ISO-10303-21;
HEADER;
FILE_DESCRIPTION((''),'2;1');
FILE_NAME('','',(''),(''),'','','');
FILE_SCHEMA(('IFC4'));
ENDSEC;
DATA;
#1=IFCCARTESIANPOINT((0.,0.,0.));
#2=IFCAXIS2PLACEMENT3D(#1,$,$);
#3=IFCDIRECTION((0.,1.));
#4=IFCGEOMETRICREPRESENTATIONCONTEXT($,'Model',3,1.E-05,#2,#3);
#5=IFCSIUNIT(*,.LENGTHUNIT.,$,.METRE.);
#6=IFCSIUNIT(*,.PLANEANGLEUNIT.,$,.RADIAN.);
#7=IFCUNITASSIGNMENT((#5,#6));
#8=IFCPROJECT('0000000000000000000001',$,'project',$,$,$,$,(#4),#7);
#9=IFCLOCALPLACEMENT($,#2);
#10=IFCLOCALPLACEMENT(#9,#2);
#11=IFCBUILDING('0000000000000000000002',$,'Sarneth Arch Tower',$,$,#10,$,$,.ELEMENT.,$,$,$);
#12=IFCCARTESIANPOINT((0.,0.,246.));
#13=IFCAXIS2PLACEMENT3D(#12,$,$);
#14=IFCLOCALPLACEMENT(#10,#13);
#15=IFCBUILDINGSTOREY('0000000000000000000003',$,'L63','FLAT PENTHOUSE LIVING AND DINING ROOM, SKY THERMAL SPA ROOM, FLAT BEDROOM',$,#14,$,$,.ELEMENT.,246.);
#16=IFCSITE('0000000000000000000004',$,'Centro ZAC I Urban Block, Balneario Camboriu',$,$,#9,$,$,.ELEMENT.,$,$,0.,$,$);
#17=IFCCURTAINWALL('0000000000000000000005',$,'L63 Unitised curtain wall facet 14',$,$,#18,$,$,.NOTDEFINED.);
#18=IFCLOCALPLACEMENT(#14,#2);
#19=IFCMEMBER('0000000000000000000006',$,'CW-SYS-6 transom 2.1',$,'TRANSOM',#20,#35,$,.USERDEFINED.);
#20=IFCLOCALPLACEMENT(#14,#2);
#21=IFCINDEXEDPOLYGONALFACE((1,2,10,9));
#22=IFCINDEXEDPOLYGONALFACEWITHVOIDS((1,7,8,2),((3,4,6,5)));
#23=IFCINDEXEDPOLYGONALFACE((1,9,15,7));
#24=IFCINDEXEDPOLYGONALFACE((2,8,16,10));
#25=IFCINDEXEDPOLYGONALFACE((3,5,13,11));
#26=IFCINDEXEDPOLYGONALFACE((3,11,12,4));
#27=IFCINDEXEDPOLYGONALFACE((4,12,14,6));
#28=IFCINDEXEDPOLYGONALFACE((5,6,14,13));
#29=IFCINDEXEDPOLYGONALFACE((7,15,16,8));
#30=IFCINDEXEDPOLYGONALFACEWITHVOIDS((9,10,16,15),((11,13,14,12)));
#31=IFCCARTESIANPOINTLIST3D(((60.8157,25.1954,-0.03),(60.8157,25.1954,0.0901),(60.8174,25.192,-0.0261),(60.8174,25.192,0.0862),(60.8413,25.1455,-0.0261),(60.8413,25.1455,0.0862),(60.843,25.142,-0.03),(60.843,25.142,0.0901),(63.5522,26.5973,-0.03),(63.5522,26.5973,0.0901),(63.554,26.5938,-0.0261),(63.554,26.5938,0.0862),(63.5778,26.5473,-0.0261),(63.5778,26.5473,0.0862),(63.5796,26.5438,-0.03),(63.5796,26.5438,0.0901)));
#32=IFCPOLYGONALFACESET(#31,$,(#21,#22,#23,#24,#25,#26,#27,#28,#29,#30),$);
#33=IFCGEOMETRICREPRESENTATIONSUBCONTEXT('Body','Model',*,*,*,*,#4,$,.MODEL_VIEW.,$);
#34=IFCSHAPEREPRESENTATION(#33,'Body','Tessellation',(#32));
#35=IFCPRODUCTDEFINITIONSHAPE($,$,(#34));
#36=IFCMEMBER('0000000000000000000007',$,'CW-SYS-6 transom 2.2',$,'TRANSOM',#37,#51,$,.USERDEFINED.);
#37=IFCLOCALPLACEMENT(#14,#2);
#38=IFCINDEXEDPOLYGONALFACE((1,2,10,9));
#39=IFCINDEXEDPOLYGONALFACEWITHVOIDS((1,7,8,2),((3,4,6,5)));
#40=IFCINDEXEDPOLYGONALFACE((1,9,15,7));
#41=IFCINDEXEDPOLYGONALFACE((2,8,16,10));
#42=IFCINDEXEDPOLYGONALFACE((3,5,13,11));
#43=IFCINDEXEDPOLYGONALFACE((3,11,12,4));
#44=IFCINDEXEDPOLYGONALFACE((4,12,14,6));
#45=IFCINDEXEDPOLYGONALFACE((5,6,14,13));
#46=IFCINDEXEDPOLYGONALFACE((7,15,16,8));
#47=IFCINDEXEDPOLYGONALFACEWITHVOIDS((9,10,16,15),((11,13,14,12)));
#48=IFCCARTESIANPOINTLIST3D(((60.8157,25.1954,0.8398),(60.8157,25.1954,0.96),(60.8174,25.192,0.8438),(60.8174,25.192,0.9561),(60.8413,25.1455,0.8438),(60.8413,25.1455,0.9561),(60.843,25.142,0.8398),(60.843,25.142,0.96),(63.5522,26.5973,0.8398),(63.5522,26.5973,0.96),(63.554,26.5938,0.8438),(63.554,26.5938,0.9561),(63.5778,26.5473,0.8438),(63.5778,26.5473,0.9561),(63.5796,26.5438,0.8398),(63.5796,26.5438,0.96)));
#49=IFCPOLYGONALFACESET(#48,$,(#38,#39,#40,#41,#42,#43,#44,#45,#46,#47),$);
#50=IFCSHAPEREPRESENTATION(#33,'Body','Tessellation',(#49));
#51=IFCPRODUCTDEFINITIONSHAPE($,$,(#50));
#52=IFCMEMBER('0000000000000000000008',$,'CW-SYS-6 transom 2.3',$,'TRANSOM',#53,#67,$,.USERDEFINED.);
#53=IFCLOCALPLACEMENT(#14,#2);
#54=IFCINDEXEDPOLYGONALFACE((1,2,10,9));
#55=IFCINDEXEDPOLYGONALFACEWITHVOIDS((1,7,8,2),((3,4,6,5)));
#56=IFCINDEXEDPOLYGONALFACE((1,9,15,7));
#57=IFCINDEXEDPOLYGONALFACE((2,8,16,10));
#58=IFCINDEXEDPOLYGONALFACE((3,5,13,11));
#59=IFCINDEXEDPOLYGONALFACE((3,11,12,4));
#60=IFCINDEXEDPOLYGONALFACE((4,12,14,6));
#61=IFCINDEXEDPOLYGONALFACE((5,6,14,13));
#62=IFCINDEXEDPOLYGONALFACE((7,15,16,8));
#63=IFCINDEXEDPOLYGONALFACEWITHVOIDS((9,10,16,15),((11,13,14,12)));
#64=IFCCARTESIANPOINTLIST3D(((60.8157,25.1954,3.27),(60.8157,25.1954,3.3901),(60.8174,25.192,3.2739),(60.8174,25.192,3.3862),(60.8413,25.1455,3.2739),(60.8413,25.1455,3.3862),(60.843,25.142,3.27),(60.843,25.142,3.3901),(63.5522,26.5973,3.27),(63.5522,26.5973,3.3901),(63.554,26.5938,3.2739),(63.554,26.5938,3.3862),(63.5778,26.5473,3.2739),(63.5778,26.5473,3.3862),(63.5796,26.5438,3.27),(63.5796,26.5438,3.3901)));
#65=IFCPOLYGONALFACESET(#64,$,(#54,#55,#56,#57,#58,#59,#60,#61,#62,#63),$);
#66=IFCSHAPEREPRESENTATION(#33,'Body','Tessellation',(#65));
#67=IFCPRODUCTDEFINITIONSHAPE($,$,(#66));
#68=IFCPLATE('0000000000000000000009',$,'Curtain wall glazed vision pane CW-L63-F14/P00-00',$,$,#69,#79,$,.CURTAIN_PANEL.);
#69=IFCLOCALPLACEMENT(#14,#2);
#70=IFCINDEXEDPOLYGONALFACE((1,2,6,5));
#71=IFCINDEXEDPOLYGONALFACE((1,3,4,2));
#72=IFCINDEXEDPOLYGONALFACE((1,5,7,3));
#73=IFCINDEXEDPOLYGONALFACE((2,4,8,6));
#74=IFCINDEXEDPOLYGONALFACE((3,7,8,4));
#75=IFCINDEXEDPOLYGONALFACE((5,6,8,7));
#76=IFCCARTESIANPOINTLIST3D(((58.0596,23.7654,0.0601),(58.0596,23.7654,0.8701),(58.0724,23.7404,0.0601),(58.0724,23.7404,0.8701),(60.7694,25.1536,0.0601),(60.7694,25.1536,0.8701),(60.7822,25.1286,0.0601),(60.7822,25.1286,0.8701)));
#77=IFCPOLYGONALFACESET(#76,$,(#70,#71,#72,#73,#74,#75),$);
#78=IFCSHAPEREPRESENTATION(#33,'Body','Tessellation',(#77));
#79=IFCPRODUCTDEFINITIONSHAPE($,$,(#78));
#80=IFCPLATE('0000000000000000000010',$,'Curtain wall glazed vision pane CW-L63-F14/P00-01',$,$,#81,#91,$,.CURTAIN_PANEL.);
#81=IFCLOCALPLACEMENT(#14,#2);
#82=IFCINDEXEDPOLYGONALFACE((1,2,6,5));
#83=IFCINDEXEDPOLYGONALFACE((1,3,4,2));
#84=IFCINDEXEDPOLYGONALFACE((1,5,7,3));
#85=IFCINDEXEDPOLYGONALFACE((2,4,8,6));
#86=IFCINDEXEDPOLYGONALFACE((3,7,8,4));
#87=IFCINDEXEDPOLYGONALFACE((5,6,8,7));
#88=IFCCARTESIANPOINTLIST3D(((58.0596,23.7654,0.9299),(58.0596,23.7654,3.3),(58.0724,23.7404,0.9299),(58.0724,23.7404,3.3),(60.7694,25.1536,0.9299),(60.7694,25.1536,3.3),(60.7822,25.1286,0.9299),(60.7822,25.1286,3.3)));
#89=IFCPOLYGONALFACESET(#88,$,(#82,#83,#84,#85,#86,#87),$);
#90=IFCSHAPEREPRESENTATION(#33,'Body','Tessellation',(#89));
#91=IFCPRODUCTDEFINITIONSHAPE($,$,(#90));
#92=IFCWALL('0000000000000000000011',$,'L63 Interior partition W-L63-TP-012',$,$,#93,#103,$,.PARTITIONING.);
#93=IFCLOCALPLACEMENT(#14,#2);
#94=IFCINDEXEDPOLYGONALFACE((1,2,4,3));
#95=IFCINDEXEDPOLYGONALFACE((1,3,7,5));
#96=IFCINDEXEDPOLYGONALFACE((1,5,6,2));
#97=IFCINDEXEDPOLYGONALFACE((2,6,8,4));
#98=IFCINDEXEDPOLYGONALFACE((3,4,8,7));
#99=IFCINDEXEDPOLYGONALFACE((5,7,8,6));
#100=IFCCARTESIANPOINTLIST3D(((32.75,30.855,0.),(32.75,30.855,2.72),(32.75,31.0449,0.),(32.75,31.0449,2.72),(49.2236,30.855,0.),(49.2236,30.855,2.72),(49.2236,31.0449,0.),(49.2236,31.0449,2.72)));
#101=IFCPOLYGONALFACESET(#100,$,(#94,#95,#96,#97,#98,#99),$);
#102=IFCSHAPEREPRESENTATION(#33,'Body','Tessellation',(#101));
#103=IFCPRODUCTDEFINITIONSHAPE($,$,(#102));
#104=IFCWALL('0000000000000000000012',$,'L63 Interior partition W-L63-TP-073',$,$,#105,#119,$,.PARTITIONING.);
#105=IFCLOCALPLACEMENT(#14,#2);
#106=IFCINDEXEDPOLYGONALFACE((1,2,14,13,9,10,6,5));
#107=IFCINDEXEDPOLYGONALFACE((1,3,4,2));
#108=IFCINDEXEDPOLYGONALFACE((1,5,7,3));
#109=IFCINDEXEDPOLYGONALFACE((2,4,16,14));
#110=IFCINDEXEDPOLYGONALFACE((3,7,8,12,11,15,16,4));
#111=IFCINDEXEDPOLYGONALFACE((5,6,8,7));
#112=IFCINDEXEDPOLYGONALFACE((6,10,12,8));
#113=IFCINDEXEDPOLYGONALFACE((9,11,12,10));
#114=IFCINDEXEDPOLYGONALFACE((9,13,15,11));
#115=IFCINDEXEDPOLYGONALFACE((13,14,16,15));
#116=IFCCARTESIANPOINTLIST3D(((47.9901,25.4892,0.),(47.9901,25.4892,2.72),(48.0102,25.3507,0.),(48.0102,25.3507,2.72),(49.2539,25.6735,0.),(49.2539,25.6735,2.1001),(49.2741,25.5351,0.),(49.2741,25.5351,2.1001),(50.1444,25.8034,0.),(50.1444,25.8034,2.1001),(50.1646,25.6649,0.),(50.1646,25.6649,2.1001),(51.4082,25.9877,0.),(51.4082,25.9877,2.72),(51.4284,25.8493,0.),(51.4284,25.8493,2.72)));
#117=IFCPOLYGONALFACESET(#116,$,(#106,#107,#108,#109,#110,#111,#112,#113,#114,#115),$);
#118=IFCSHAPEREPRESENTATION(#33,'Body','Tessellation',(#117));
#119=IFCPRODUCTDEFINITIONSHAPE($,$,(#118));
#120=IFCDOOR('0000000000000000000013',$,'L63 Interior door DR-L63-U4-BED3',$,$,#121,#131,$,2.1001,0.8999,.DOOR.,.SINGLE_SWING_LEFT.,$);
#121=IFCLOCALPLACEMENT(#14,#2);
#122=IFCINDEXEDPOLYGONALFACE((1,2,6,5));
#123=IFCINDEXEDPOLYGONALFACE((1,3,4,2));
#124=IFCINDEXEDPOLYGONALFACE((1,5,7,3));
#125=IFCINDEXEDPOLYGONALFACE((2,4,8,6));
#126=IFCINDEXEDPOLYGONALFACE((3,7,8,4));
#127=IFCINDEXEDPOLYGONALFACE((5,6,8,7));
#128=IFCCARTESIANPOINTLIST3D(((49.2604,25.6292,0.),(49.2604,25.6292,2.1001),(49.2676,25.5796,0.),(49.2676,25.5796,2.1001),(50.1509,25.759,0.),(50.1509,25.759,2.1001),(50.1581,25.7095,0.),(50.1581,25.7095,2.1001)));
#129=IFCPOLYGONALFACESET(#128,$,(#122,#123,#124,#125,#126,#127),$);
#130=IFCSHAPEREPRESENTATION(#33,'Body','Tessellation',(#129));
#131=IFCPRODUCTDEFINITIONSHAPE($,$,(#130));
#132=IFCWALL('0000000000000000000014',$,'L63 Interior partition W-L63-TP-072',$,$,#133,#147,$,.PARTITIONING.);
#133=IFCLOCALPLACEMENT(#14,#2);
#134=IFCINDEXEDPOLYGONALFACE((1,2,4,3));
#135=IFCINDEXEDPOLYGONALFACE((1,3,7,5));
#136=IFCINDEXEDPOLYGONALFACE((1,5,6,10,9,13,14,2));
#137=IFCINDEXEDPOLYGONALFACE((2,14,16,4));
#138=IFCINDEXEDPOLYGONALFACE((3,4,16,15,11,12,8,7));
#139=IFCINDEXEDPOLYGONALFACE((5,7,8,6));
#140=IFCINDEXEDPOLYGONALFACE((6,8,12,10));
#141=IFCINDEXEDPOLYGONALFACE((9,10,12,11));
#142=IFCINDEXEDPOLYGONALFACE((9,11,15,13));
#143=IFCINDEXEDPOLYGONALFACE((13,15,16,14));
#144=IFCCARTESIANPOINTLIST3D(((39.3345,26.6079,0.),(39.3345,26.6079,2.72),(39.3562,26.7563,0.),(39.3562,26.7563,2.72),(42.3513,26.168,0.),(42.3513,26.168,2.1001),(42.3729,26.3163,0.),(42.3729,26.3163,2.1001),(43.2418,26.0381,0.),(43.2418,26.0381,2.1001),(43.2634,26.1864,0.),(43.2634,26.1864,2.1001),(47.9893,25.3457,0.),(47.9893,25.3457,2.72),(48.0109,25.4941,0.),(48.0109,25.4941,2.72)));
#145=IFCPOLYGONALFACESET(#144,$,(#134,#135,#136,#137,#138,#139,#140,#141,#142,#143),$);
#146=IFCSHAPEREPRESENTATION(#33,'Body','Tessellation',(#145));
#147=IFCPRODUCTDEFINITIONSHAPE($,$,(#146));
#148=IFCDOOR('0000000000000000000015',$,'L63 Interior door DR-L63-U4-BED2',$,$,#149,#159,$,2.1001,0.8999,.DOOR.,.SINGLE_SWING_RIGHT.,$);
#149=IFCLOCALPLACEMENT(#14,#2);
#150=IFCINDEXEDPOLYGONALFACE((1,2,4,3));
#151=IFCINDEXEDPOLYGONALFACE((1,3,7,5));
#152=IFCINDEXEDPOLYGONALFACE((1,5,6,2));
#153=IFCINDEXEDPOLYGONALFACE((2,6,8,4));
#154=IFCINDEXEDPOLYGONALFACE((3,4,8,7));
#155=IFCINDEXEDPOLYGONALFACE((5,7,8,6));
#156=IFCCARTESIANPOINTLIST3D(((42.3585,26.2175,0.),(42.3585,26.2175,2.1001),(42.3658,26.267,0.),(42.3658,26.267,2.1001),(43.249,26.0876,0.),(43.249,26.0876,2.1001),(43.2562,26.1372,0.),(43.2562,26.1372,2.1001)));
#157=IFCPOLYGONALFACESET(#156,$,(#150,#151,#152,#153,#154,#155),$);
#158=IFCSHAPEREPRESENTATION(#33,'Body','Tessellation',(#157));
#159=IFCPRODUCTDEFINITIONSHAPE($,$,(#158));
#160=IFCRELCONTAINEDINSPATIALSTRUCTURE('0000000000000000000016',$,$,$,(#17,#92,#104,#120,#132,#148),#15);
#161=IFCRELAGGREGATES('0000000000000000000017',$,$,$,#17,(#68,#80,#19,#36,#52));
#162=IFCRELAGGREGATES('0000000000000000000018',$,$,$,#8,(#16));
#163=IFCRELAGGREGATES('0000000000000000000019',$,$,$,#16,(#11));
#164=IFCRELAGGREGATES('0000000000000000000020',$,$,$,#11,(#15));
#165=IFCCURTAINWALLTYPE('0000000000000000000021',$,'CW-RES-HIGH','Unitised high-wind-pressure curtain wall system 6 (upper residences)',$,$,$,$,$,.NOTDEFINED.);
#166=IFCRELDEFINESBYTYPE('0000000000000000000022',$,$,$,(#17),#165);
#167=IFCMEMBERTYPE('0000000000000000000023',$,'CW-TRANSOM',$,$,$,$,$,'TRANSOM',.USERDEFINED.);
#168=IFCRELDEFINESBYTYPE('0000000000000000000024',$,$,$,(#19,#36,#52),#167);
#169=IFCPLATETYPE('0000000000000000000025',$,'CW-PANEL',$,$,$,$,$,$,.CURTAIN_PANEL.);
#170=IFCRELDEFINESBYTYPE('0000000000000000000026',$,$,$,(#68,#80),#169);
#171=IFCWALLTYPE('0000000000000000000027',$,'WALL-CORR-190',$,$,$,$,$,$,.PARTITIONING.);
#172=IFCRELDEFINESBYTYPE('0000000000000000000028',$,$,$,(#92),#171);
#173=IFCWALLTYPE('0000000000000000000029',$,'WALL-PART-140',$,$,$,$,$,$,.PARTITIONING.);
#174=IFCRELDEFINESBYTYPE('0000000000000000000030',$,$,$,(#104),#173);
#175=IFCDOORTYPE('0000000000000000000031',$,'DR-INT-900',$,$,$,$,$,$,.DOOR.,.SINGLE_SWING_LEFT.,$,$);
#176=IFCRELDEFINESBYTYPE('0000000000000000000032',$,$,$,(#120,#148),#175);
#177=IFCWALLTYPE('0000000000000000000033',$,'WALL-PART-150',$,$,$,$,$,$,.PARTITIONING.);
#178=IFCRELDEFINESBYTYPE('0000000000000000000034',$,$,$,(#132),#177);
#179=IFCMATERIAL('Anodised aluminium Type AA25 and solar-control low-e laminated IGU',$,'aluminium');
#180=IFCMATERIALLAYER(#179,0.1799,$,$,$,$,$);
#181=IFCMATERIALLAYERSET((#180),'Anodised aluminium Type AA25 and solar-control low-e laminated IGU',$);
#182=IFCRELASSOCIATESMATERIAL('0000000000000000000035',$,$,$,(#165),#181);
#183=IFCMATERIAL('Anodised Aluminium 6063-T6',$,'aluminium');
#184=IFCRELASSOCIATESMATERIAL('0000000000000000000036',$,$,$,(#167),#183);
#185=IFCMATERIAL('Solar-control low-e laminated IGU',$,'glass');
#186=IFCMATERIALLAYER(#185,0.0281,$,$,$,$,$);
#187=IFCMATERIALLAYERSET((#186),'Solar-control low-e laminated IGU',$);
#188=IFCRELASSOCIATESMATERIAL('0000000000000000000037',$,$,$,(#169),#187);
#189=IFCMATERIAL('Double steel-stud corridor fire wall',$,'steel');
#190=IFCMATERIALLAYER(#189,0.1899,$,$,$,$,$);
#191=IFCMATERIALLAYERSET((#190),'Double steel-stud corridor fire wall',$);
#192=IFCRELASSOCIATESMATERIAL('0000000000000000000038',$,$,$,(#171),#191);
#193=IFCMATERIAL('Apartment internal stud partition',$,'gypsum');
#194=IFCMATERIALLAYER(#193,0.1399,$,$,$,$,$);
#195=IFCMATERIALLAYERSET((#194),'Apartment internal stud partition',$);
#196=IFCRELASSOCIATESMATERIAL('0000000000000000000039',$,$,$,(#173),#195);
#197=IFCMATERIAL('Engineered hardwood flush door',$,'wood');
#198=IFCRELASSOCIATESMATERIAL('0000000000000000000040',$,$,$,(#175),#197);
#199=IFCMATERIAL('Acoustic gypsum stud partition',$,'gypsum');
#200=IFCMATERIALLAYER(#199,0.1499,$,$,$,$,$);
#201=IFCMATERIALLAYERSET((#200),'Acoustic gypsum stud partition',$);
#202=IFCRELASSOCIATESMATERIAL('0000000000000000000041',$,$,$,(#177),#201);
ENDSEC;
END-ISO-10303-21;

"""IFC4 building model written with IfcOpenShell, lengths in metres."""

from ifc_helpers import new_model, si_unit, direction, frame, frame_2d, origin, origin_2d, place, context, subcontext, project, spatial, rectangle, hollow_rectangle, extrude, material, layer, layer_set, material_profile, profile_set, type_object, element, fill, aggregate, save


model = new_model("IFC4")

# Units and contexts
model_context = context("Model", 3, precision=1e-05, world=origin(), true_north=direction((0.0, 1.0)))
body_context = subcontext(model_context, "Body", "Model", "MODEL_VIEW")
ifc_project = project(units=[si_unit("LENGTHUNIT", "METRE"), si_unit("PLANEANGLEUNIT", "RADIAN")], contexts=[model_context])

# Site, building, storey
site_placement = place(None, origin())
site = spatial("IfcSite", under=ifc_project, at=site_placement, Name="Centro ZAC I Urban Block, Balneario Camboriu", CompositionType="ELEMENT", RefElevation=0.0)
building_placement = place(site_placement, origin())
building = spatial("IfcBuilding", under=site, at=building_placement, Name="Sarneth Arch Tower", CompositionType="ELEMENT")
storey_placement = place(building_placement, frame((0.0, 0.0, 246.0)))
storey = spatial("IfcBuildingStorey", under=building, at=storey_placement, Name="L63", Description="FLAT PENTHOUSE LIVING AND DINING ROOM, SKY THERMAL SPA ROOM, FLAT BEDROOM", CompositionType="ELEMENT", Elevation=246.0)

# Curtain wall, members, plates
ifc_material_1 = material(Name="Anodised aluminium Type AA25 and solar-control low-e laminated IGU", Category="aluminium")
ifc_layer_1 = layer(ifc_material_1, 0.1799)
ifc_layer_set_1 = layer_set([ifc_layer_1], Name="Anodised aluminium Type AA25 and solar-control low-e laminated IGU")
curtain_wall_type = type_object("IfcCurtainWallType", Name="CW-RES-HIGH", Description="Unitised high-wind-pressure curtain wall system 6 (upper residences)", PredefinedType="NOTDEFINED", material=ifc_layer_set_1)
curtain_wall_placement = place(storey_placement, origin())
curtain_wall = element("IfcCurtainWall", 1, at=curtain_wall_placement, inside=storey, type_object=curtain_wall_type, Name="L63 Unitised curtain wall facet 14", PredefinedType="NOTDEFINED")
ifc_material_2 = material(Name="Anodised Aluminium 6063-T6", Category="aluminium")
ifc_material_profile_1 = material_profile(ifc_material_2, hollow_rectangle(XDim=0.0601, YDim=0.1201, WallThickness=0.0039, at=origin_2d()), Name="AL-TRAN-120x60x4")
ifc_profile_set_1 = profile_set([ifc_material_profile_1], Name="Anodised Aluminium 6063-T6")
member_type_1 = type_object("IfcMemberType", Name="CW-TRANSOM", ElementType="TRANSOM", PredefinedType="USERDEFINED", material=ifc_profile_set_1)
member_1_placement = place(storey_placement, frame((60.8293, 25.1687, 0.03), z_axis=(0.890017, 0.455926, 0.0), x_axis=(-0.455926, 0.890017, 0.0)))
member_1 = element("IfcMember", 2, at=member_1_placement, type_object=member_type_1, Name="CW-SYS-6 transom 2.1", ObjectType="TRANSOM", PredefinedType="USERDEFINED", context=body_context, shape_type="SweptSolid", body=[
    extrude(hollow_rectangle(XDim=0.0601, YDim=0.1201, WallThickness=0.0039, at=origin_2d()), origin(), (0.0, 0.0, 1.0), 3.0747),
])
member_2_placement = place(storey_placement, frame((60.8293, 25.1687, 0.8999), z_axis=(0.890017, 0.455926, 0.0), x_axis=(-0.455926, 0.890017, 0.0)))
member_2 = element("IfcMember", 3, at=member_2_placement, type_object=member_type_1, Name="CW-SYS-6 transom 2.2", ObjectType="TRANSOM", PredefinedType="USERDEFINED", context=body_context, shape_type="SweptSolid", body=[
    extrude(hollow_rectangle(XDim=0.0601, YDim=0.1201, WallThickness=0.0039, at=origin_2d()), origin(), (0.0, 0.0, 1.0), 3.0747),
])
member_3_placement = place(storey_placement, frame((60.8293, 25.1687, 3.3301), z_axis=(0.890017, 0.455926, 0.0), x_axis=(-0.455926, 0.890017, 0.0)))
member_3 = element("IfcMember", 4, at=member_3_placement, type_object=member_type_1, Name="CW-SYS-6 transom 2.3", ObjectType="TRANSOM", PredefinedType="USERDEFINED", context=body_context, shape_type="SweptSolid", body=[
    extrude(hollow_rectangle(XDim=0.0601, YDim=0.1201, WallThickness=0.0039, at=origin_2d()), origin(), (0.0, 0.0, 1.0), 3.0747),
])
ifc_material_3 = material(Name="Solar-control low-e laminated IGU", Category="glass")
ifc_layer_2 = layer(ifc_material_3, 0.0281)
ifc_layer_set_2 = layer_set([ifc_layer_2], Name="Solar-control low-e laminated IGU")
plate_type = type_object("IfcPlateType", Name="CW-PANEL", PredefinedType="CURTAIN_PANEL", material=ifc_layer_set_2)
plate_1_placement = place(storey_placement, frame((59.4209, 24.447, 0.0601), z_axis=(0.0, 0.0, 1.0), x_axis=(0.89001, 0.455942, 0.0)))
plate_1 = element("IfcPlate", 5, at=plate_1_placement, type_object=plate_type, Name="Curtain wall glazed vision pane CW-L63-F14/P00-00", PredefinedType="CURTAIN_PANEL", context=body_context, shape_type="SweptSolid", body=[
    extrude(rectangle(XDim=3.0447, YDim=0.0281, at=origin_2d()), origin(), (0.0, 0.0, 1.0), 0.8101),
])
plate_2_placement = place(storey_placement, frame((59.4209, 24.447, 0.9299), z_axis=(0.0, 0.0, 1.0), x_axis=(0.89001, 0.455942, 0.0)))
plate_2 = element("IfcPlate", 6, at=plate_2_placement, type_object=plate_type, Name="Curtain wall glazed vision pane CW-L63-F14/P00-01", PredefinedType="CURTAIN_PANEL", context=body_context, shape_type="SweptSolid", body=[
    extrude(rectangle(XDim=3.0447, YDim=0.0281, at=origin_2d()), origin(), (0.0, 0.0, 1.0), 2.3701),
])
aggregate(curtain_wall, [plate_1, plate_2, member_1, member_2, member_3])

# Wall
ifc_material_4 = material(Name="Double steel-stud corridor fire wall", Category="steel")
ifc_layer_3 = layer(ifc_material_4, 0.1899)
ifc_layer_set_3 = layer_set([ifc_layer_3], Name="Double steel-stud corridor fire wall")
wall_type_1 = type_object("IfcWallType", Name="WALL-CORR-190", PredefinedType="PARTITIONING", material=ifc_layer_set_3)
wall_1_placement = place(storey_placement, frame((49.2236, 30.95, 0.0), z_axis=(0.0, 0.0, 1.0), x_axis=(-1.0, 0.0, 0.0)))
element("IfcWall", 7, at=wall_1_placement, inside=storey, type_object=wall_type_1, Name="L63 Interior partition W-L63-TP-012", PredefinedType="PARTITIONING", context=body_context, shape_type="SweptSolid", body=[
    extrude(rectangle(XDim=16.4736, YDim=0.1899, at=frame_2d((8.2368, 0.0))), origin(), (0.0, 0.0, 1.0), 2.72),
])

# Walls, openings, doors
ifc_material_5 = material(Name="Apartment internal stud partition", Category="gypsum")
ifc_layer_4 = layer(ifc_material_5, 0.1399)
ifc_layer_set_4 = layer_set([ifc_layer_4], Name="Apartment internal stud partition")
wall_type_2 = type_object("IfcWallType", Name="WALL-PART-140", PredefinedType="PARTITIONING", material=ifc_layer_set_4)
wall_2_placement = place(storey_placement, frame((51.4182, 25.9185, 0.0), z_axis=(0.0, 0.0, 1.0), x_axis=(-0.989531, -0.14432, 0.0)))
wall_2 = element("IfcWall", 8, at=wall_2_placement, inside=storey, type_object=wall_type_2, Name="L63 Interior partition W-L63-TP-073", PredefinedType="PARTITIONING", context=body_context, shape_type="SweptSolid", body=[
    extrude(rectangle(XDim=3.4543, YDim=0.1399, at=frame_2d((1.7271, 0.0))), origin(), (0.0, 0.0, 1.0), 2.72),
])
opening_1_placement = place(wall_2_placement, frame((1.2771, 0.0, 0.0)))
opening_1 = element("IfcOpeningElement", 9, at=opening_1_placement, cuts=wall_2, PredefinedType="OPENING", context=body_context, shape_type="SweptSolid", body=[
    extrude(rectangle(XDim=0.8999, YDim=2.1001, at=frame_2d((0.45, 1.05))), frame((0.0, 0.0798, 0.0), z_axis=(0.0, -1.0, 0.0), x_axis=(1.0, 0.0, 0.0)), (0.0, 0.0, 1.0), 0.1599),
])
ifc_material_6 = material(Name="Engineered hardwood flush door", Category="wood")
door_type = type_object("IfcDoorType", Name="DR-INT-900", OperationType="SINGLE_SWING_LEFT", PredefinedType="DOOR", material=ifc_material_6)
door_1_placement = place(opening_1_placement, origin())
door_1 = element("IfcDoor", 10, at=door_1_placement, inside=storey, type_object=door_type, Name="L63 Interior door DR-L63-U4-BED3", OperationType="SINGLE_SWING_LEFT", OverallHeight=2.1001, OverallWidth=0.8999, PredefinedType="DOOR", context=body_context, shape_type="SweptSolid", body=[
    extrude(rectangle(XDim=0.8999, YDim=2.1001, at=frame_2d((0.45, 1.05))), frame((0.0, 0.0249, 0.0), z_axis=(0.0, -1.0, 0.0), x_axis=(1.0, 0.0, 0.0)), (0.0, 0.0, 1.0), 0.05),
])
fill(opening_1, door_1)
ifc_material_7 = material(Name="Acoustic gypsum stud partition", Category="gypsum")
ifc_layer_5 = layer(ifc_material_7, 0.1499)
ifc_layer_set_5 = layer_set([ifc_layer_5], Name="Acoustic gypsum stud partition")
wall_type_3 = type_object("IfcWallType", Name="WALL-PART-150", PredefinedType="PARTITIONING", material=ifc_layer_set_5)
wall_3_placement = place(storey_placement, frame((48.0, 25.4199, 0.0), z_axis=(0.0, 0.0, 1.0), x_axis=(-0.989532, 0.144313, 0.0)))
wall_3 = element("IfcWall", 11, at=wall_3_placement, inside=storey, type_object=wall_type_3, Name="L63 Interior partition W-L63-TP-072", PredefinedType="PARTITIONING", context=body_context, shape_type="SweptSolid", body=[
    extrude(rectangle(XDim=8.7463, YDim=0.1499, at=frame_2d((4.373, 0.0))), origin(), (0.0, 0.0, 1.0), 2.72),
])
opening_2_placement = place(wall_3_placement, frame((4.7976, 0.0, 0.0)))
opening_2 = element("IfcOpeningElement", 12, at=opening_2_placement, cuts=wall_3, PredefinedType="OPENING", context=body_context, shape_type="SweptSolid", body=[
    extrude(rectangle(XDim=0.8999, YDim=2.1001, at=frame_2d((0.45, 1.05))), frame((0.0, 0.085, 0.0), z_axis=(0.0, -1.0, 0.0), x_axis=(1.0, 0.0, 0.0)), (0.0, 0.0, 1.0), 0.1699),
])
door_2_placement = place(opening_2_placement, origin())
door_2 = element("IfcDoor", 13, at=door_2_placement, inside=storey, type_object=door_type, Name="L63 Interior door DR-L63-U4-BED2", OperationType="SINGLE_SWING_RIGHT", OverallHeight=2.1001, OverallWidth=0.8999, PredefinedType="DOOR", context=body_context, shape_type="SweptSolid", body=[
    extrude(rectangle(XDim=0.8999, YDim=2.1001, at=frame_2d((0.45, 1.05))), frame((0.0, 0.0249, 0.0), z_axis=(0.0, -1.0, 0.0), x_axis=(1.0, 0.0, 0.0)), (0.0, 0.0, 1.0), 0.05),
])
fill(opening_2, door_2)

save(model, "model.ifc")
